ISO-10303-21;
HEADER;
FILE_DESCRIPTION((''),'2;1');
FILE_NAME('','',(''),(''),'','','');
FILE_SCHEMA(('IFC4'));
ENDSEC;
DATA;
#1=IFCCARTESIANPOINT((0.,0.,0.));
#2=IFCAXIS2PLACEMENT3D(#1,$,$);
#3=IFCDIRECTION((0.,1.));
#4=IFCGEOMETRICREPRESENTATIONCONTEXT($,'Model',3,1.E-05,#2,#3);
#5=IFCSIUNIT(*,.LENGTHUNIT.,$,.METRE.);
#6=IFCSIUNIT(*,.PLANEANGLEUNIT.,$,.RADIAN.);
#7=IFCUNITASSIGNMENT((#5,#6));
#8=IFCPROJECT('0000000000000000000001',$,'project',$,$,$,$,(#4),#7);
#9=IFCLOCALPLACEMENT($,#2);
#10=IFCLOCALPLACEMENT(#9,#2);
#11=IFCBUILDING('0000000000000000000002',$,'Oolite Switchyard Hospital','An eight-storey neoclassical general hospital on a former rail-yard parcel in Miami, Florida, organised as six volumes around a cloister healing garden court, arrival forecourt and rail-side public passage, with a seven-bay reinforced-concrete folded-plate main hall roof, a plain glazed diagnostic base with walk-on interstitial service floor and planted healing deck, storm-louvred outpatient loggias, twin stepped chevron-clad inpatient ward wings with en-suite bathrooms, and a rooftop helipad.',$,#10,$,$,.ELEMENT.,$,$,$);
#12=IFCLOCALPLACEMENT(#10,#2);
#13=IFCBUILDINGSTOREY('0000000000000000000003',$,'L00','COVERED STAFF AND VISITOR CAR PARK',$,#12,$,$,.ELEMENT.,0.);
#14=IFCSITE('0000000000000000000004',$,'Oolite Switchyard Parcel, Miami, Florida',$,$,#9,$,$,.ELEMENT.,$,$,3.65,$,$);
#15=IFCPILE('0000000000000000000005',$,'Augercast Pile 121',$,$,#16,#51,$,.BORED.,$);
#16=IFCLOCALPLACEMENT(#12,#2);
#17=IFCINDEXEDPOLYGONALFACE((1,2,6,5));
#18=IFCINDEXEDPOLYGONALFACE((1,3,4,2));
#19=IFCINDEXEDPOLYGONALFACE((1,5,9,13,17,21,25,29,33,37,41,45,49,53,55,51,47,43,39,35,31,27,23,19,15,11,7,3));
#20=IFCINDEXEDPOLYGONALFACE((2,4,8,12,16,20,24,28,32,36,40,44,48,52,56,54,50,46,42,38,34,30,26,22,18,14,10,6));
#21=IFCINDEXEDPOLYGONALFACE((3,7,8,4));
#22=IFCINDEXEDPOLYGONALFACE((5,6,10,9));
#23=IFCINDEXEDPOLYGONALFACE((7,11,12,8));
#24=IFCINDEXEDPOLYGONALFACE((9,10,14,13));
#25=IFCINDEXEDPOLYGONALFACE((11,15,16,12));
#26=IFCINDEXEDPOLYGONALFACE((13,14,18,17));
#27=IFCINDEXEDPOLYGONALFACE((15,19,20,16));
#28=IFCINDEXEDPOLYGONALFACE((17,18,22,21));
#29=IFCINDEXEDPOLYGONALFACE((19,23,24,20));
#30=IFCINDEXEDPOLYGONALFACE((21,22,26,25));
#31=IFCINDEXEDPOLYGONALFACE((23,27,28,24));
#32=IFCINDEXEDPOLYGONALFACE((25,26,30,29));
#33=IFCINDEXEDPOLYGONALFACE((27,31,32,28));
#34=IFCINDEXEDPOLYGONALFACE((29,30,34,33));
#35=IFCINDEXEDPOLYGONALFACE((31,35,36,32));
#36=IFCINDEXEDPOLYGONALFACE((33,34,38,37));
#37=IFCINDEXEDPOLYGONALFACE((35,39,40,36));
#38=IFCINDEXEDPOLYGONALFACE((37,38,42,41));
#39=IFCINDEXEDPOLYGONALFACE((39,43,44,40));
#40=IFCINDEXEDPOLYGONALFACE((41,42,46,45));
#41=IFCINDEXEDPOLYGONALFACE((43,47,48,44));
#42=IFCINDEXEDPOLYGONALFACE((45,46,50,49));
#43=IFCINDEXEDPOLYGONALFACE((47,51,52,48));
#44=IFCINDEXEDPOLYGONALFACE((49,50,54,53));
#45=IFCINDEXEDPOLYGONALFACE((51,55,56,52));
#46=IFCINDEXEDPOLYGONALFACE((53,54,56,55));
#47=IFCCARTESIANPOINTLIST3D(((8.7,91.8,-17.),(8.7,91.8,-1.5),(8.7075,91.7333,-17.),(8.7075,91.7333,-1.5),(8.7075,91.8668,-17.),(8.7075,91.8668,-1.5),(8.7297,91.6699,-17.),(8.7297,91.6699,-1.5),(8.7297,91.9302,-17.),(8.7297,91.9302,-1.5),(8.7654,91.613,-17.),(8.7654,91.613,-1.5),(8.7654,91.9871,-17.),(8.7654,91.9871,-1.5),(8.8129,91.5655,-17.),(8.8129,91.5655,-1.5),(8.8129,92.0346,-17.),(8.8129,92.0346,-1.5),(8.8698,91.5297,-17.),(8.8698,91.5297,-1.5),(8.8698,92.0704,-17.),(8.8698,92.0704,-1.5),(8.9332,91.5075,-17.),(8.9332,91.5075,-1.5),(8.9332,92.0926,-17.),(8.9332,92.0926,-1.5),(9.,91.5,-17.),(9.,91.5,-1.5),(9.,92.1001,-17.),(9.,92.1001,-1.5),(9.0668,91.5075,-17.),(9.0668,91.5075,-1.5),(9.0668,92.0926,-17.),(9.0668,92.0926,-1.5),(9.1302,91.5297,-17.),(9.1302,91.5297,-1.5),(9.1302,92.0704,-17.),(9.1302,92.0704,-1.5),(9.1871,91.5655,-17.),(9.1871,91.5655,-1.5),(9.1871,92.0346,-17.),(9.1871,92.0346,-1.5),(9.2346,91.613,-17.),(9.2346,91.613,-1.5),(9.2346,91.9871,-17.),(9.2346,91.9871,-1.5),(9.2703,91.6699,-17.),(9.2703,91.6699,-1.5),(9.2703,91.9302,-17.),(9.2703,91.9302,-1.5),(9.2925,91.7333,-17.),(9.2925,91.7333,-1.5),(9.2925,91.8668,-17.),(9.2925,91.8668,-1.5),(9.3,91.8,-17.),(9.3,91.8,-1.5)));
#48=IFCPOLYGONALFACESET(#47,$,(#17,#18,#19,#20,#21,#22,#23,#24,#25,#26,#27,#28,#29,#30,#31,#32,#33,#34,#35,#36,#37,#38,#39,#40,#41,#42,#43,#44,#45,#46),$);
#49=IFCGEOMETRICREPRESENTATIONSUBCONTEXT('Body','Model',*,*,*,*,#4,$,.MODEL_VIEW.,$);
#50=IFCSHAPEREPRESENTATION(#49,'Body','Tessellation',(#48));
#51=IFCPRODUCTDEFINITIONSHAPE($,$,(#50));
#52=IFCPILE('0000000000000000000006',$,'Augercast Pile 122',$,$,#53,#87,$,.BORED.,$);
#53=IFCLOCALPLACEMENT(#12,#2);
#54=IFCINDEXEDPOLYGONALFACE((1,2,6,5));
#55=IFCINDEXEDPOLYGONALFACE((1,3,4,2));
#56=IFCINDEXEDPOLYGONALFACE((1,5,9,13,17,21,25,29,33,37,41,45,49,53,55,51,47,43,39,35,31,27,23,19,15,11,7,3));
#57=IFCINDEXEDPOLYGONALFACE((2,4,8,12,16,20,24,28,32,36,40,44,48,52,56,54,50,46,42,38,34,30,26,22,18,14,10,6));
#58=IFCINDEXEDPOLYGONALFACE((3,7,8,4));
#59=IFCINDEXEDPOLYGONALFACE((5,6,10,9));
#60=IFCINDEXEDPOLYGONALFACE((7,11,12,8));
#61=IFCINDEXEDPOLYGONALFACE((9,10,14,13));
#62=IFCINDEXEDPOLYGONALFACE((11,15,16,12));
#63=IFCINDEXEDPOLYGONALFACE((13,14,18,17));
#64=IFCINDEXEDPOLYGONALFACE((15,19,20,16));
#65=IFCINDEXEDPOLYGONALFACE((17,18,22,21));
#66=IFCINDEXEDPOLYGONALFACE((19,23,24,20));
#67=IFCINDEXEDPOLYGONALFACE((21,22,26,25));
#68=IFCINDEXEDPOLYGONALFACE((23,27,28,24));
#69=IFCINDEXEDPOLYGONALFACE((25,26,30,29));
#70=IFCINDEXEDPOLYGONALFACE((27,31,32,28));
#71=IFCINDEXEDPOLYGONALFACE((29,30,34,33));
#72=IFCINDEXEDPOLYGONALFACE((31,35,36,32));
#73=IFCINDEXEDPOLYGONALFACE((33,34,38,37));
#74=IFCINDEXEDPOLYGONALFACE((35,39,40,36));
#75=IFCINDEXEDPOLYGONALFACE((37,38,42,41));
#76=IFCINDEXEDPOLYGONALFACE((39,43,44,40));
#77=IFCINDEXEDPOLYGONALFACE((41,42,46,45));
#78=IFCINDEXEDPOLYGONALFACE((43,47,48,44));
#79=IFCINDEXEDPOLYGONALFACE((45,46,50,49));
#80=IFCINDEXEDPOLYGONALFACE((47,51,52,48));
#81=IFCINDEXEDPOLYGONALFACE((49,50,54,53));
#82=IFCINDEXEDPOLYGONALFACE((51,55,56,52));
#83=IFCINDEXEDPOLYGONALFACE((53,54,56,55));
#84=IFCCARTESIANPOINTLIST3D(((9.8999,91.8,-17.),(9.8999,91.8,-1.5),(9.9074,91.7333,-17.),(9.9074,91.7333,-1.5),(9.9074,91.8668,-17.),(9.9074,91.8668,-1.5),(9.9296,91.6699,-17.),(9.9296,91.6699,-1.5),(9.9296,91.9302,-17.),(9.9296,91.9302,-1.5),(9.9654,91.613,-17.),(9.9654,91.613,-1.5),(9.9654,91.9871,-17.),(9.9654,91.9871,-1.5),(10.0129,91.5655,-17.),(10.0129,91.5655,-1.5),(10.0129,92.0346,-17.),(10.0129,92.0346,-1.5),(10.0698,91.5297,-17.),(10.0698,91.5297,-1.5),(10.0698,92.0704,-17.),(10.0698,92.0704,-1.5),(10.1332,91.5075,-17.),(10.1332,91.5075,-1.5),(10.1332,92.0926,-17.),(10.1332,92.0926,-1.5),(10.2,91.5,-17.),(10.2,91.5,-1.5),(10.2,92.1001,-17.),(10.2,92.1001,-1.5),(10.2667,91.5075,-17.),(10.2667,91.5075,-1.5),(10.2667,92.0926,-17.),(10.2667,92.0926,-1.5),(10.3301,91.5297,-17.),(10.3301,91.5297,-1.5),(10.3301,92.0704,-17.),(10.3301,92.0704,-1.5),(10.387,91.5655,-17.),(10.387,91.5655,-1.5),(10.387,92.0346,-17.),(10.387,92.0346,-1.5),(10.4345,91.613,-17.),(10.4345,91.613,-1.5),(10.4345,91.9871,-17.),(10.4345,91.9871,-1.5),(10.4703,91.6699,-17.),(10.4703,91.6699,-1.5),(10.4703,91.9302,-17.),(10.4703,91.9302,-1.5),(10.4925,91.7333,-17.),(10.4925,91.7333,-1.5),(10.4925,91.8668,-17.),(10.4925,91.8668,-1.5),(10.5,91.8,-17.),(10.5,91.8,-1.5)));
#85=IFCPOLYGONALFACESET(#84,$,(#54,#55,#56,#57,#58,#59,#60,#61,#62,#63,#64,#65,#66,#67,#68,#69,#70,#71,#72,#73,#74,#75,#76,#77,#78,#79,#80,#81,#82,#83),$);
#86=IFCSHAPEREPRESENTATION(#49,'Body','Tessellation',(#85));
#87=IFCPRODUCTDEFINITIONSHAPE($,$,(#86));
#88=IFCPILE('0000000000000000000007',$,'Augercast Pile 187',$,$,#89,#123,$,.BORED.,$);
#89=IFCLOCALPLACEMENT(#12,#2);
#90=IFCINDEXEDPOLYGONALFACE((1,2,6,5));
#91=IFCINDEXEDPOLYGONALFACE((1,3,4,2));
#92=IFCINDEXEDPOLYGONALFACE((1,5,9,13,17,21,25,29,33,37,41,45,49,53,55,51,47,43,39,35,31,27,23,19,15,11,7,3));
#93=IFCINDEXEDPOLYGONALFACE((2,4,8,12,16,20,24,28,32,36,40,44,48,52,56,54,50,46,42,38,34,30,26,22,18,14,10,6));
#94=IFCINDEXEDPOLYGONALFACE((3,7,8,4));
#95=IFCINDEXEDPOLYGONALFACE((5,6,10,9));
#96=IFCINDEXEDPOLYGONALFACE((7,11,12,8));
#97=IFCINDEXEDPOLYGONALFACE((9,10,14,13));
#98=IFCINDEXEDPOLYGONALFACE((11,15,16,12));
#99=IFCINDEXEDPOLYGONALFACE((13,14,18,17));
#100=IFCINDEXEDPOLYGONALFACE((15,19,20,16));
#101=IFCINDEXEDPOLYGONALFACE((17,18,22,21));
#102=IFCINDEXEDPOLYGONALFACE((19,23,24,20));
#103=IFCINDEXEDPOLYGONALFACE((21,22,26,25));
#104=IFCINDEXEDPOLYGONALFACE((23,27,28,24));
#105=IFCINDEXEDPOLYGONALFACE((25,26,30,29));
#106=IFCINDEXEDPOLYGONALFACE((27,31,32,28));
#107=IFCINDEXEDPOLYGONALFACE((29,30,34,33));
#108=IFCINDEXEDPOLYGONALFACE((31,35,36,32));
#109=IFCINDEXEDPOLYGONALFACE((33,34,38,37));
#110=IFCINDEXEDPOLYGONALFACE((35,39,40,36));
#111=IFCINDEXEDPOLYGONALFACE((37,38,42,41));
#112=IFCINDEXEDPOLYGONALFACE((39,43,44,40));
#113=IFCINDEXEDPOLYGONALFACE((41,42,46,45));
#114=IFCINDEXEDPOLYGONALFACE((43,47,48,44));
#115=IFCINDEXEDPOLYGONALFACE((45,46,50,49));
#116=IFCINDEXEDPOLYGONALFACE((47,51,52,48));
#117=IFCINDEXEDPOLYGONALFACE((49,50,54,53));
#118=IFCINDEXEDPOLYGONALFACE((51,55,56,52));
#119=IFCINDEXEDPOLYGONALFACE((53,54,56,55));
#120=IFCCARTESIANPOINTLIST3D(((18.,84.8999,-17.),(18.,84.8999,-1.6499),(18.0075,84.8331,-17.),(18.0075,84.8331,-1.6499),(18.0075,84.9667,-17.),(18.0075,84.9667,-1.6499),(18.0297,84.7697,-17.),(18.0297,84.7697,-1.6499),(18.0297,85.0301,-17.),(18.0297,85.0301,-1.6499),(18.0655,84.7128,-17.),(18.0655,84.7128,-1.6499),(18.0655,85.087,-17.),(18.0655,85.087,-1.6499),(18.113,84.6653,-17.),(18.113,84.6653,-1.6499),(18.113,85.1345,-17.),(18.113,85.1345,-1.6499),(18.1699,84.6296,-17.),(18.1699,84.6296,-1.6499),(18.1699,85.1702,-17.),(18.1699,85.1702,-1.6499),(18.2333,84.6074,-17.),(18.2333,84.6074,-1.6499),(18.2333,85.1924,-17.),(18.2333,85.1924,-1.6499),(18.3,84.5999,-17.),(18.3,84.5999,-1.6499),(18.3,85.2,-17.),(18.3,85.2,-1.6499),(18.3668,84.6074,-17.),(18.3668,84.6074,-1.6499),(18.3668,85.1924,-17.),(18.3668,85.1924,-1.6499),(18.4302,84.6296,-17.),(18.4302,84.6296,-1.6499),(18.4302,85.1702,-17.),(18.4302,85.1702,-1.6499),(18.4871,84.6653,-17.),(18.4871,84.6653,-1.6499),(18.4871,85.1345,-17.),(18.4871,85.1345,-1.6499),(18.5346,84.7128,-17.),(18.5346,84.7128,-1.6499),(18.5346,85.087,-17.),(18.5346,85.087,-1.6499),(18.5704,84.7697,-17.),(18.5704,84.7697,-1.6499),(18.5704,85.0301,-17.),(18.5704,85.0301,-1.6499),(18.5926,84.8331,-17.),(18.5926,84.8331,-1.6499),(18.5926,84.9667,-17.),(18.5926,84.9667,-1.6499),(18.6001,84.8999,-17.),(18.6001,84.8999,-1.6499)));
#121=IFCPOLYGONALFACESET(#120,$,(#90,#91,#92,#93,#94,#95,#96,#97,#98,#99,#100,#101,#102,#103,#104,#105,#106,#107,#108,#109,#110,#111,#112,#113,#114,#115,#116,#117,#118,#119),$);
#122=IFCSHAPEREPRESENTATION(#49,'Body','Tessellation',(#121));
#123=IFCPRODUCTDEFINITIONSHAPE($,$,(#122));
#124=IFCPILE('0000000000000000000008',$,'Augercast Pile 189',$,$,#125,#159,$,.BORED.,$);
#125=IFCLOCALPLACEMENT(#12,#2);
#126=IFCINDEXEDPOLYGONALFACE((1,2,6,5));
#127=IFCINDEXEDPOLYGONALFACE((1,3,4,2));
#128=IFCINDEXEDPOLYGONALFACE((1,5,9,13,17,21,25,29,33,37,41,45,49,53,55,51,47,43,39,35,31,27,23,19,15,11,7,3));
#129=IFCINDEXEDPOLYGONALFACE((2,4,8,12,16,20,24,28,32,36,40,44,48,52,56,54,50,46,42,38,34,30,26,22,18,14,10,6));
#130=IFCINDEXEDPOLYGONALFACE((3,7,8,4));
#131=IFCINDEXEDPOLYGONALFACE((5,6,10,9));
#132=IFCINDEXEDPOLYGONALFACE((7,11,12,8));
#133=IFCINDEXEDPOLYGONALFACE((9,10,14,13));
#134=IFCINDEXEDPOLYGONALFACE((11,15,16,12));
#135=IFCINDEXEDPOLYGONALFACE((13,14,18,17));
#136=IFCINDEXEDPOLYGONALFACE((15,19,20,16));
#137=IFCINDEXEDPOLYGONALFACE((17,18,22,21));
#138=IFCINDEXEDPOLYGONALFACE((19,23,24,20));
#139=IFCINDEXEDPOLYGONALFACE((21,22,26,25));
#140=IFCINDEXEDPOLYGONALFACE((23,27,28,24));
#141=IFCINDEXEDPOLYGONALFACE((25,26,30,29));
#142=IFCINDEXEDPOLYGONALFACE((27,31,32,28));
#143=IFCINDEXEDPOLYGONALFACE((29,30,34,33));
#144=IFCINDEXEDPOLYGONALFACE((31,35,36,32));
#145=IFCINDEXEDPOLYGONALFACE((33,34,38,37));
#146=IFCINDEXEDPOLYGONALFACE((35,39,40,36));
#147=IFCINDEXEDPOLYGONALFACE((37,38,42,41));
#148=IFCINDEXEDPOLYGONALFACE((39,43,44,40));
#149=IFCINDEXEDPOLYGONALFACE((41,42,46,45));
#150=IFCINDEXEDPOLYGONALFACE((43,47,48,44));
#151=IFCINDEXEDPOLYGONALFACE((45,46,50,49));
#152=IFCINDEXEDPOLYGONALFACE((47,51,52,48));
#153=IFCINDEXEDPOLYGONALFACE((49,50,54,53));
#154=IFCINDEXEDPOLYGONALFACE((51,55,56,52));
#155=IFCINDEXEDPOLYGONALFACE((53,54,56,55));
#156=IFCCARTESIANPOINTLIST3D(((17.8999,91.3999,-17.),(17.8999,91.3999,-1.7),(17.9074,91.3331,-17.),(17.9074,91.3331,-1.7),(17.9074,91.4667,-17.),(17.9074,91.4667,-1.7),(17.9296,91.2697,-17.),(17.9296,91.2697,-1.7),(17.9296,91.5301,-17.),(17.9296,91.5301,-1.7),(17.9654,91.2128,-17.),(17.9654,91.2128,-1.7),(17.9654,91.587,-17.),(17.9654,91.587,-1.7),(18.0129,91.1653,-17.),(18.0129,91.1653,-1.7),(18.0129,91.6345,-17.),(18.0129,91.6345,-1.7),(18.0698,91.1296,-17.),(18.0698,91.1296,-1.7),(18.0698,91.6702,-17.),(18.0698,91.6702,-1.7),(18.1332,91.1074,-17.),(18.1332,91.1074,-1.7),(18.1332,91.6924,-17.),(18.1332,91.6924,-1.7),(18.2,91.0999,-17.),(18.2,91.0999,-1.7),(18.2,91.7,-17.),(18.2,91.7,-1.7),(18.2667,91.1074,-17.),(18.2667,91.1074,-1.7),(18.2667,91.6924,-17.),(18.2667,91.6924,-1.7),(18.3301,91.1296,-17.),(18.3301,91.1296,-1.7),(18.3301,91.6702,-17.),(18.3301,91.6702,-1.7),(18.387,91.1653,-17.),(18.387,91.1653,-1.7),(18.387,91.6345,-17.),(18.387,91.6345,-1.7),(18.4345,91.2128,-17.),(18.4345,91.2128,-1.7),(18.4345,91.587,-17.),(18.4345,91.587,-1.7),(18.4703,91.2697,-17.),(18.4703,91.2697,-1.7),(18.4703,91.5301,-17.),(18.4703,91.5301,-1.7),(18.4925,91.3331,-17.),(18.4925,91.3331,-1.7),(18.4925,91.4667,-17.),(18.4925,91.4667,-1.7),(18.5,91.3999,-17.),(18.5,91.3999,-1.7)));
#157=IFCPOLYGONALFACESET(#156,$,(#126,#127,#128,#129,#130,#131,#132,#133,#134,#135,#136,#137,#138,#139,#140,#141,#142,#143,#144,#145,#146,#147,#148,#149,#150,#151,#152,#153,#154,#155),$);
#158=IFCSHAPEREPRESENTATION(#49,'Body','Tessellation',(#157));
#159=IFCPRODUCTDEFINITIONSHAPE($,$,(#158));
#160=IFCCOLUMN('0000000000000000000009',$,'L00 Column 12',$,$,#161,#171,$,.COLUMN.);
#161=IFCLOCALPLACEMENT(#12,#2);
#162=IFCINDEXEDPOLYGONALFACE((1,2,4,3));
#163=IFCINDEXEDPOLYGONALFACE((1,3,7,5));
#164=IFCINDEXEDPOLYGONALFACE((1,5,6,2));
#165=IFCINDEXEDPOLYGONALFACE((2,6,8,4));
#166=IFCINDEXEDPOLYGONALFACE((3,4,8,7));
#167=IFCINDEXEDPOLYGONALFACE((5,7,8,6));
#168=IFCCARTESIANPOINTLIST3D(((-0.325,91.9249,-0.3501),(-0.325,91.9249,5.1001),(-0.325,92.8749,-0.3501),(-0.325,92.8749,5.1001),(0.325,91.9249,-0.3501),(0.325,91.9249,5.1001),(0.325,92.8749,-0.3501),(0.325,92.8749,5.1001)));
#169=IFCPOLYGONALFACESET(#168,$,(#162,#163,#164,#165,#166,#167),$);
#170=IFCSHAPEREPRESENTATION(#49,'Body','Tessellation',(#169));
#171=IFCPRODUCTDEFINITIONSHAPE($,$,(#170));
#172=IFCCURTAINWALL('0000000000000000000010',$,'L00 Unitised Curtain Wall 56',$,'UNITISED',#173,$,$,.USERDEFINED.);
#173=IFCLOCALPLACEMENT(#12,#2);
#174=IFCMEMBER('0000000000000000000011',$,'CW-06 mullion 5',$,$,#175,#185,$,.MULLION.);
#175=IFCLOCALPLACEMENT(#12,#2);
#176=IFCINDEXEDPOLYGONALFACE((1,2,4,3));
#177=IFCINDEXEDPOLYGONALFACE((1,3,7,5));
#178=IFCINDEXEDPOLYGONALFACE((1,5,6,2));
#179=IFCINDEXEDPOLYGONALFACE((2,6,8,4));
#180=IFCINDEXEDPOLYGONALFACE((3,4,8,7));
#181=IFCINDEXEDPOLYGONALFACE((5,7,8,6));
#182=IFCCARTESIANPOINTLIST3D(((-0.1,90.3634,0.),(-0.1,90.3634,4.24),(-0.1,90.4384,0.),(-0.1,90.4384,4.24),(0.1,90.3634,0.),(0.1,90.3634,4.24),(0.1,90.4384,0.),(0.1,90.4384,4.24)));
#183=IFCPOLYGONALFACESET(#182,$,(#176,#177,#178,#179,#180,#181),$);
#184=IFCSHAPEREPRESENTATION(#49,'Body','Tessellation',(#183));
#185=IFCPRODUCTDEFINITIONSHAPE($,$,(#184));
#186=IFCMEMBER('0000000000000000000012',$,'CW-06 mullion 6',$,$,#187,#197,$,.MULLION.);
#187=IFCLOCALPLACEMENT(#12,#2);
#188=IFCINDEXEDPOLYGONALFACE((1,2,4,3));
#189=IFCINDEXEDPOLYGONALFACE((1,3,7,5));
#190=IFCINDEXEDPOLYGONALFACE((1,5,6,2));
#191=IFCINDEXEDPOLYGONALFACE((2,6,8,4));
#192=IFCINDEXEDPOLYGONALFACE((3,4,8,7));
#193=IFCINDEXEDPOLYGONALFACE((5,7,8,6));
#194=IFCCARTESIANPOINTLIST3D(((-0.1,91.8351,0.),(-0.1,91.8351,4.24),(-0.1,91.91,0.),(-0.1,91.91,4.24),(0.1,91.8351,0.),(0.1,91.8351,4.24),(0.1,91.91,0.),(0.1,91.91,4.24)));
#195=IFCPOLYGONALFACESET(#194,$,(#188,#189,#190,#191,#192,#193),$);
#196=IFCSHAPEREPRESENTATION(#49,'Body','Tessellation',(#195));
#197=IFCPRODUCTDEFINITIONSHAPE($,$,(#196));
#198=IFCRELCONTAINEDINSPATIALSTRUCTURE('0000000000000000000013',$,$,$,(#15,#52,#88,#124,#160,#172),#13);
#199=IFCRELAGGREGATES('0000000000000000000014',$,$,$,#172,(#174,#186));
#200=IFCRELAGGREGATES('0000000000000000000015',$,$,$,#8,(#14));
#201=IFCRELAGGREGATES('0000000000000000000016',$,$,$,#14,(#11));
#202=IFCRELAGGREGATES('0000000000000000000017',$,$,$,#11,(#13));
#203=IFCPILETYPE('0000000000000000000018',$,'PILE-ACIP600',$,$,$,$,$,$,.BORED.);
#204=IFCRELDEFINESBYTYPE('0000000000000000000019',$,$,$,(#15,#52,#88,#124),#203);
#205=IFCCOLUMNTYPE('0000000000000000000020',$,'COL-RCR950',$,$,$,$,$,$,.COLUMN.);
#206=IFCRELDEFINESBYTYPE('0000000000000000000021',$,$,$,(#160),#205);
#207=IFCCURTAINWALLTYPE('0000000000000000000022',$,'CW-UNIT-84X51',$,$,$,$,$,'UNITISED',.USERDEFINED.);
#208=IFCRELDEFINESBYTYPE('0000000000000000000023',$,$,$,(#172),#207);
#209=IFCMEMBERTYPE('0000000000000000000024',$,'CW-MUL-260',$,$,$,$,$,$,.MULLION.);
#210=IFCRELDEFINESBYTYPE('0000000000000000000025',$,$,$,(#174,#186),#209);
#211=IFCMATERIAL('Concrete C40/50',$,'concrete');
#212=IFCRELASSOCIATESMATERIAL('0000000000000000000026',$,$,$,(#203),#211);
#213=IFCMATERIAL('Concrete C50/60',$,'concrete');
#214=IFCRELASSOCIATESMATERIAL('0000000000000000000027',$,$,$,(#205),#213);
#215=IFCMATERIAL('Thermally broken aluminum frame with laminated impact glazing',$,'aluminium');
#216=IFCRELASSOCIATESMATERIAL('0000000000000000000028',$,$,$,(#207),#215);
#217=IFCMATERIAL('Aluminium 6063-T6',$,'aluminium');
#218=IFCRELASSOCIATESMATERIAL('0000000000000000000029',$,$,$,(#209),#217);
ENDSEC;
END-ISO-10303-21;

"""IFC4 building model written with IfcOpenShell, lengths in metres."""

from ifc_helpers import new_model, si_unit, direction, frame, origin, origin_2d, place, context, subcontext, project, spatial, rectangle, circle, extrude, material, material_profile, profile_set, type_object, element, aggregate, save


model = new_model("IFC4")

# Units and contexts
model_context = context("Model", 3, precision=1e-05, world=origin(), true_north=direction((0.0, 1.0)))
body_context = subcontext(model_context, "Body", "Model", "MODEL_VIEW")
ifc_project = project(units=[si_unit("LENGTHUNIT", "METRE"), si_unit("PLANEANGLEUNIT", "RADIAN")], contexts=[model_context])

# Site, building, storey
site_placement = place(None, origin())
site = spatial("IfcSite", under=ifc_project, at=site_placement, Name="Oolite Switchyard Parcel, Miami, Florida", CompositionType="ELEMENT", RefElevation=3.65)
building_placement = place(site_placement, origin())
building = spatial("IfcBuilding", under=site, at=building_placement, Name="Oolite Switchyard Hospital", Description="An eight-storey neoclassical general hospital on a former rail-yard parcel in Miami, Florida, organised as six volumes around a cloister healing garden court, arrival forecourt and rail-side public passage, with a seven-bay reinforced-concrete folded-plate main hall roof, a plain glazed diagnostic base with walk-on interstitial service floor and planted healing deck, storm-louvred outpatient loggias, twin stepped chevron-clad inpatient ward wings with en-suite bathrooms, and a rooftop helipad.", CompositionType="ELEMENT")
storey_placement = place(building_placement, origin())
storey = spatial("IfcBuildingStorey", under=building, at=storey_placement, Name="L00", Description="COVERED STAFF AND VISITOR CAR PARK", CompositionType="ELEMENT", Elevation=0.0)

# Shared definitions
ifc_material_1 = material(Name="Concrete C40/50", Category="concrete")

# Piles
ifc_material_profile_1 = material_profile(ifc_material_1, circle(Radius=0.3, at=origin_2d()), Name="PILE600")
ifc_profile_set_1 = profile_set([ifc_material_profile_1], Name="Concrete C40/50")
pile_type = type_object("IfcPileType", Name="PILE-ACIP600", PredefinedType="BORED", material=ifc_profile_set_1)
for number, where, z_axis, x_axis, name in (
    (1, (9.0, 91.8, -1.5), (0.0, 0.0, -1.0), (1.0, 0.0, 0.0), "Augercast Pile 121"),
    (2, (10.2, 91.8, -1.5), (0.0, 0.0, -1.0), (1.0, 0.0, 0.0), "Augercast Pile 122"),
):
    element("IfcPile", number, at=place(storey_placement, frame(where, z_axis=z_axis, x_axis=x_axis)), inside=storey, type_object=pile_type, Name=name, PredefinedType="BORED", context=body_context, shape_type="SweptSolid", body=[
        extrude(circle(Radius=0.3, at=origin_2d()), origin(), (0.0, 0.0, 1.0), 15.5),
    ])
pile_1_placement = place(storey_placement, frame((18.3, 84.8999, -1.6499), z_axis=(0.0, 0.0, -1.0), x_axis=(1.0, 0.0, 0.0)))
element("IfcPile", 3, at=pile_1_placement, inside=storey, type_object=pile_type, Name="Augercast Pile 187", PredefinedType="BORED", context=body_context, shape_type="SweptSolid", body=[
    extrude(circle(Radius=0.3, at=origin_2d()), origin(), (0.0, 0.0, 1.0), 15.3501),
])
pile_2_placement = place(storey_placement, frame((18.2, 91.3999, -1.7), z_axis=(0.0, 0.0, -1.0), x_axis=(1.0, 0.0, 0.0)))
element("IfcPile", 4, at=pile_2_placement, inside=storey, type_object=pile_type, Name="Augercast Pile 189", PredefinedType="BORED", context=body_context, shape_type="SweptSolid", body=[
    extrude(circle(Radius=0.3, at=origin_2d()), origin(), (0.0, 0.0, 1.0), 15.3),
])

# Column
ifc_material_2 = material(Name="Concrete C50/60", Category="concrete")
ifc_material_profile_2 = material_profile(ifc_material_2, rectangle(XDim=0.95, YDim=0.6499, at=origin_2d()), Name="RC950X650")
ifc_profile_set_2 = profile_set([ifc_material_profile_2], Name="Concrete C50/60")
column_type = type_object("IfcColumnType", Name="COL-RCR950", PredefinedType="COLUMN", material=ifc_profile_set_2)
column_placement = place(storey_placement, frame((0.0, 92.3999, -0.3501), z_axis=(0.0, 0.0, 1.0), x_axis=(0.0, 1.0, 0.0)))
element("IfcColumn", 5, at=column_placement, inside=storey, type_object=column_type, Name="L00 Column 12", PredefinedType="COLUMN", context=body_context, shape_type="SweptSolid", body=[
    extrude(rectangle(XDim=0.95, YDim=0.6499, at=origin_2d()), origin(), (0.0, 0.0, 1.0), 5.4502),
])

# Curtain wall, members
ifc_material_3 = material(Name="Thermally broken aluminum frame with laminated impact glazing", Category="aluminium")
curtain_wall_type = type_object("IfcCurtainWallType", Name="CW-UNIT-84X51", ElementType="UNITISED", PredefinedType="USERDEFINED", material=ifc_material_3)
curtain_wall_placement = place(storey_placement, origin())
curtain_wall = element("IfcCurtainWall", 6, at=curtain_wall_placement, inside=storey, type_object=curtain_wall_type, Name="L00 Unitised Curtain Wall 56", ObjectType="UNITISED", PredefinedType="USERDEFINED")
ifc_material_4 = material(Name="Aluminium 6063-T6", Category="aluminium")
ifc_material_profile_3 = material_profile(ifc_material_4, rectangle(XDim=0.2, YDim=0.075, at=origin_2d()), Name="CWM75X200")
ifc_profile_set_3 = profile_set([ifc_material_profile_3], Name="Aluminium 6063-T6")
member_type_1 = type_object("IfcMemberType", Name="CW-MUL-260", PredefinedType="MULLION", material=ifc_profile_set_3)
member_1_placement = place(storey_placement, frame((0.0, 90.4009, 0.0), z_axis=(0.0, 0.0, 1.0), x_axis=(-1.0, 0.0, 0.0)))
member_1 = element("IfcMember", 7, at=member_1_placement, type_object=member_type_1, Name="CW-06 mullion 5", PredefinedType="MULLION", context=body_context, shape_type="SweptSolid", body=[
    extrude(rectangle(XDim=0.2, YDim=0.075, at=origin_2d()), origin(), (0.0, 0.0, 1.0), 4.24),
])
member_2_placement = place(storey_placement, frame((0.0, 91.8726, 0.0), z_axis=(0.0, 0.0, 1.0), x_axis=(-1.0, 0.0, 0.0)))
member_2 = element("IfcMember", 8, at=member_2_placement, type_object=member_type_1, Name="CW-06 mullion 6", PredefinedType="MULLION", context=body_context, shape_type="SweptSolid", body=[
    extrude(rectangle(XDim=0.2, YDim=0.075, at=origin_2d()), origin(), (0.0, 0.0, 1.0), 4.24),
])
aggregate(curtain_wall, [member_1, member_2])

save(model, "model.ifc")
